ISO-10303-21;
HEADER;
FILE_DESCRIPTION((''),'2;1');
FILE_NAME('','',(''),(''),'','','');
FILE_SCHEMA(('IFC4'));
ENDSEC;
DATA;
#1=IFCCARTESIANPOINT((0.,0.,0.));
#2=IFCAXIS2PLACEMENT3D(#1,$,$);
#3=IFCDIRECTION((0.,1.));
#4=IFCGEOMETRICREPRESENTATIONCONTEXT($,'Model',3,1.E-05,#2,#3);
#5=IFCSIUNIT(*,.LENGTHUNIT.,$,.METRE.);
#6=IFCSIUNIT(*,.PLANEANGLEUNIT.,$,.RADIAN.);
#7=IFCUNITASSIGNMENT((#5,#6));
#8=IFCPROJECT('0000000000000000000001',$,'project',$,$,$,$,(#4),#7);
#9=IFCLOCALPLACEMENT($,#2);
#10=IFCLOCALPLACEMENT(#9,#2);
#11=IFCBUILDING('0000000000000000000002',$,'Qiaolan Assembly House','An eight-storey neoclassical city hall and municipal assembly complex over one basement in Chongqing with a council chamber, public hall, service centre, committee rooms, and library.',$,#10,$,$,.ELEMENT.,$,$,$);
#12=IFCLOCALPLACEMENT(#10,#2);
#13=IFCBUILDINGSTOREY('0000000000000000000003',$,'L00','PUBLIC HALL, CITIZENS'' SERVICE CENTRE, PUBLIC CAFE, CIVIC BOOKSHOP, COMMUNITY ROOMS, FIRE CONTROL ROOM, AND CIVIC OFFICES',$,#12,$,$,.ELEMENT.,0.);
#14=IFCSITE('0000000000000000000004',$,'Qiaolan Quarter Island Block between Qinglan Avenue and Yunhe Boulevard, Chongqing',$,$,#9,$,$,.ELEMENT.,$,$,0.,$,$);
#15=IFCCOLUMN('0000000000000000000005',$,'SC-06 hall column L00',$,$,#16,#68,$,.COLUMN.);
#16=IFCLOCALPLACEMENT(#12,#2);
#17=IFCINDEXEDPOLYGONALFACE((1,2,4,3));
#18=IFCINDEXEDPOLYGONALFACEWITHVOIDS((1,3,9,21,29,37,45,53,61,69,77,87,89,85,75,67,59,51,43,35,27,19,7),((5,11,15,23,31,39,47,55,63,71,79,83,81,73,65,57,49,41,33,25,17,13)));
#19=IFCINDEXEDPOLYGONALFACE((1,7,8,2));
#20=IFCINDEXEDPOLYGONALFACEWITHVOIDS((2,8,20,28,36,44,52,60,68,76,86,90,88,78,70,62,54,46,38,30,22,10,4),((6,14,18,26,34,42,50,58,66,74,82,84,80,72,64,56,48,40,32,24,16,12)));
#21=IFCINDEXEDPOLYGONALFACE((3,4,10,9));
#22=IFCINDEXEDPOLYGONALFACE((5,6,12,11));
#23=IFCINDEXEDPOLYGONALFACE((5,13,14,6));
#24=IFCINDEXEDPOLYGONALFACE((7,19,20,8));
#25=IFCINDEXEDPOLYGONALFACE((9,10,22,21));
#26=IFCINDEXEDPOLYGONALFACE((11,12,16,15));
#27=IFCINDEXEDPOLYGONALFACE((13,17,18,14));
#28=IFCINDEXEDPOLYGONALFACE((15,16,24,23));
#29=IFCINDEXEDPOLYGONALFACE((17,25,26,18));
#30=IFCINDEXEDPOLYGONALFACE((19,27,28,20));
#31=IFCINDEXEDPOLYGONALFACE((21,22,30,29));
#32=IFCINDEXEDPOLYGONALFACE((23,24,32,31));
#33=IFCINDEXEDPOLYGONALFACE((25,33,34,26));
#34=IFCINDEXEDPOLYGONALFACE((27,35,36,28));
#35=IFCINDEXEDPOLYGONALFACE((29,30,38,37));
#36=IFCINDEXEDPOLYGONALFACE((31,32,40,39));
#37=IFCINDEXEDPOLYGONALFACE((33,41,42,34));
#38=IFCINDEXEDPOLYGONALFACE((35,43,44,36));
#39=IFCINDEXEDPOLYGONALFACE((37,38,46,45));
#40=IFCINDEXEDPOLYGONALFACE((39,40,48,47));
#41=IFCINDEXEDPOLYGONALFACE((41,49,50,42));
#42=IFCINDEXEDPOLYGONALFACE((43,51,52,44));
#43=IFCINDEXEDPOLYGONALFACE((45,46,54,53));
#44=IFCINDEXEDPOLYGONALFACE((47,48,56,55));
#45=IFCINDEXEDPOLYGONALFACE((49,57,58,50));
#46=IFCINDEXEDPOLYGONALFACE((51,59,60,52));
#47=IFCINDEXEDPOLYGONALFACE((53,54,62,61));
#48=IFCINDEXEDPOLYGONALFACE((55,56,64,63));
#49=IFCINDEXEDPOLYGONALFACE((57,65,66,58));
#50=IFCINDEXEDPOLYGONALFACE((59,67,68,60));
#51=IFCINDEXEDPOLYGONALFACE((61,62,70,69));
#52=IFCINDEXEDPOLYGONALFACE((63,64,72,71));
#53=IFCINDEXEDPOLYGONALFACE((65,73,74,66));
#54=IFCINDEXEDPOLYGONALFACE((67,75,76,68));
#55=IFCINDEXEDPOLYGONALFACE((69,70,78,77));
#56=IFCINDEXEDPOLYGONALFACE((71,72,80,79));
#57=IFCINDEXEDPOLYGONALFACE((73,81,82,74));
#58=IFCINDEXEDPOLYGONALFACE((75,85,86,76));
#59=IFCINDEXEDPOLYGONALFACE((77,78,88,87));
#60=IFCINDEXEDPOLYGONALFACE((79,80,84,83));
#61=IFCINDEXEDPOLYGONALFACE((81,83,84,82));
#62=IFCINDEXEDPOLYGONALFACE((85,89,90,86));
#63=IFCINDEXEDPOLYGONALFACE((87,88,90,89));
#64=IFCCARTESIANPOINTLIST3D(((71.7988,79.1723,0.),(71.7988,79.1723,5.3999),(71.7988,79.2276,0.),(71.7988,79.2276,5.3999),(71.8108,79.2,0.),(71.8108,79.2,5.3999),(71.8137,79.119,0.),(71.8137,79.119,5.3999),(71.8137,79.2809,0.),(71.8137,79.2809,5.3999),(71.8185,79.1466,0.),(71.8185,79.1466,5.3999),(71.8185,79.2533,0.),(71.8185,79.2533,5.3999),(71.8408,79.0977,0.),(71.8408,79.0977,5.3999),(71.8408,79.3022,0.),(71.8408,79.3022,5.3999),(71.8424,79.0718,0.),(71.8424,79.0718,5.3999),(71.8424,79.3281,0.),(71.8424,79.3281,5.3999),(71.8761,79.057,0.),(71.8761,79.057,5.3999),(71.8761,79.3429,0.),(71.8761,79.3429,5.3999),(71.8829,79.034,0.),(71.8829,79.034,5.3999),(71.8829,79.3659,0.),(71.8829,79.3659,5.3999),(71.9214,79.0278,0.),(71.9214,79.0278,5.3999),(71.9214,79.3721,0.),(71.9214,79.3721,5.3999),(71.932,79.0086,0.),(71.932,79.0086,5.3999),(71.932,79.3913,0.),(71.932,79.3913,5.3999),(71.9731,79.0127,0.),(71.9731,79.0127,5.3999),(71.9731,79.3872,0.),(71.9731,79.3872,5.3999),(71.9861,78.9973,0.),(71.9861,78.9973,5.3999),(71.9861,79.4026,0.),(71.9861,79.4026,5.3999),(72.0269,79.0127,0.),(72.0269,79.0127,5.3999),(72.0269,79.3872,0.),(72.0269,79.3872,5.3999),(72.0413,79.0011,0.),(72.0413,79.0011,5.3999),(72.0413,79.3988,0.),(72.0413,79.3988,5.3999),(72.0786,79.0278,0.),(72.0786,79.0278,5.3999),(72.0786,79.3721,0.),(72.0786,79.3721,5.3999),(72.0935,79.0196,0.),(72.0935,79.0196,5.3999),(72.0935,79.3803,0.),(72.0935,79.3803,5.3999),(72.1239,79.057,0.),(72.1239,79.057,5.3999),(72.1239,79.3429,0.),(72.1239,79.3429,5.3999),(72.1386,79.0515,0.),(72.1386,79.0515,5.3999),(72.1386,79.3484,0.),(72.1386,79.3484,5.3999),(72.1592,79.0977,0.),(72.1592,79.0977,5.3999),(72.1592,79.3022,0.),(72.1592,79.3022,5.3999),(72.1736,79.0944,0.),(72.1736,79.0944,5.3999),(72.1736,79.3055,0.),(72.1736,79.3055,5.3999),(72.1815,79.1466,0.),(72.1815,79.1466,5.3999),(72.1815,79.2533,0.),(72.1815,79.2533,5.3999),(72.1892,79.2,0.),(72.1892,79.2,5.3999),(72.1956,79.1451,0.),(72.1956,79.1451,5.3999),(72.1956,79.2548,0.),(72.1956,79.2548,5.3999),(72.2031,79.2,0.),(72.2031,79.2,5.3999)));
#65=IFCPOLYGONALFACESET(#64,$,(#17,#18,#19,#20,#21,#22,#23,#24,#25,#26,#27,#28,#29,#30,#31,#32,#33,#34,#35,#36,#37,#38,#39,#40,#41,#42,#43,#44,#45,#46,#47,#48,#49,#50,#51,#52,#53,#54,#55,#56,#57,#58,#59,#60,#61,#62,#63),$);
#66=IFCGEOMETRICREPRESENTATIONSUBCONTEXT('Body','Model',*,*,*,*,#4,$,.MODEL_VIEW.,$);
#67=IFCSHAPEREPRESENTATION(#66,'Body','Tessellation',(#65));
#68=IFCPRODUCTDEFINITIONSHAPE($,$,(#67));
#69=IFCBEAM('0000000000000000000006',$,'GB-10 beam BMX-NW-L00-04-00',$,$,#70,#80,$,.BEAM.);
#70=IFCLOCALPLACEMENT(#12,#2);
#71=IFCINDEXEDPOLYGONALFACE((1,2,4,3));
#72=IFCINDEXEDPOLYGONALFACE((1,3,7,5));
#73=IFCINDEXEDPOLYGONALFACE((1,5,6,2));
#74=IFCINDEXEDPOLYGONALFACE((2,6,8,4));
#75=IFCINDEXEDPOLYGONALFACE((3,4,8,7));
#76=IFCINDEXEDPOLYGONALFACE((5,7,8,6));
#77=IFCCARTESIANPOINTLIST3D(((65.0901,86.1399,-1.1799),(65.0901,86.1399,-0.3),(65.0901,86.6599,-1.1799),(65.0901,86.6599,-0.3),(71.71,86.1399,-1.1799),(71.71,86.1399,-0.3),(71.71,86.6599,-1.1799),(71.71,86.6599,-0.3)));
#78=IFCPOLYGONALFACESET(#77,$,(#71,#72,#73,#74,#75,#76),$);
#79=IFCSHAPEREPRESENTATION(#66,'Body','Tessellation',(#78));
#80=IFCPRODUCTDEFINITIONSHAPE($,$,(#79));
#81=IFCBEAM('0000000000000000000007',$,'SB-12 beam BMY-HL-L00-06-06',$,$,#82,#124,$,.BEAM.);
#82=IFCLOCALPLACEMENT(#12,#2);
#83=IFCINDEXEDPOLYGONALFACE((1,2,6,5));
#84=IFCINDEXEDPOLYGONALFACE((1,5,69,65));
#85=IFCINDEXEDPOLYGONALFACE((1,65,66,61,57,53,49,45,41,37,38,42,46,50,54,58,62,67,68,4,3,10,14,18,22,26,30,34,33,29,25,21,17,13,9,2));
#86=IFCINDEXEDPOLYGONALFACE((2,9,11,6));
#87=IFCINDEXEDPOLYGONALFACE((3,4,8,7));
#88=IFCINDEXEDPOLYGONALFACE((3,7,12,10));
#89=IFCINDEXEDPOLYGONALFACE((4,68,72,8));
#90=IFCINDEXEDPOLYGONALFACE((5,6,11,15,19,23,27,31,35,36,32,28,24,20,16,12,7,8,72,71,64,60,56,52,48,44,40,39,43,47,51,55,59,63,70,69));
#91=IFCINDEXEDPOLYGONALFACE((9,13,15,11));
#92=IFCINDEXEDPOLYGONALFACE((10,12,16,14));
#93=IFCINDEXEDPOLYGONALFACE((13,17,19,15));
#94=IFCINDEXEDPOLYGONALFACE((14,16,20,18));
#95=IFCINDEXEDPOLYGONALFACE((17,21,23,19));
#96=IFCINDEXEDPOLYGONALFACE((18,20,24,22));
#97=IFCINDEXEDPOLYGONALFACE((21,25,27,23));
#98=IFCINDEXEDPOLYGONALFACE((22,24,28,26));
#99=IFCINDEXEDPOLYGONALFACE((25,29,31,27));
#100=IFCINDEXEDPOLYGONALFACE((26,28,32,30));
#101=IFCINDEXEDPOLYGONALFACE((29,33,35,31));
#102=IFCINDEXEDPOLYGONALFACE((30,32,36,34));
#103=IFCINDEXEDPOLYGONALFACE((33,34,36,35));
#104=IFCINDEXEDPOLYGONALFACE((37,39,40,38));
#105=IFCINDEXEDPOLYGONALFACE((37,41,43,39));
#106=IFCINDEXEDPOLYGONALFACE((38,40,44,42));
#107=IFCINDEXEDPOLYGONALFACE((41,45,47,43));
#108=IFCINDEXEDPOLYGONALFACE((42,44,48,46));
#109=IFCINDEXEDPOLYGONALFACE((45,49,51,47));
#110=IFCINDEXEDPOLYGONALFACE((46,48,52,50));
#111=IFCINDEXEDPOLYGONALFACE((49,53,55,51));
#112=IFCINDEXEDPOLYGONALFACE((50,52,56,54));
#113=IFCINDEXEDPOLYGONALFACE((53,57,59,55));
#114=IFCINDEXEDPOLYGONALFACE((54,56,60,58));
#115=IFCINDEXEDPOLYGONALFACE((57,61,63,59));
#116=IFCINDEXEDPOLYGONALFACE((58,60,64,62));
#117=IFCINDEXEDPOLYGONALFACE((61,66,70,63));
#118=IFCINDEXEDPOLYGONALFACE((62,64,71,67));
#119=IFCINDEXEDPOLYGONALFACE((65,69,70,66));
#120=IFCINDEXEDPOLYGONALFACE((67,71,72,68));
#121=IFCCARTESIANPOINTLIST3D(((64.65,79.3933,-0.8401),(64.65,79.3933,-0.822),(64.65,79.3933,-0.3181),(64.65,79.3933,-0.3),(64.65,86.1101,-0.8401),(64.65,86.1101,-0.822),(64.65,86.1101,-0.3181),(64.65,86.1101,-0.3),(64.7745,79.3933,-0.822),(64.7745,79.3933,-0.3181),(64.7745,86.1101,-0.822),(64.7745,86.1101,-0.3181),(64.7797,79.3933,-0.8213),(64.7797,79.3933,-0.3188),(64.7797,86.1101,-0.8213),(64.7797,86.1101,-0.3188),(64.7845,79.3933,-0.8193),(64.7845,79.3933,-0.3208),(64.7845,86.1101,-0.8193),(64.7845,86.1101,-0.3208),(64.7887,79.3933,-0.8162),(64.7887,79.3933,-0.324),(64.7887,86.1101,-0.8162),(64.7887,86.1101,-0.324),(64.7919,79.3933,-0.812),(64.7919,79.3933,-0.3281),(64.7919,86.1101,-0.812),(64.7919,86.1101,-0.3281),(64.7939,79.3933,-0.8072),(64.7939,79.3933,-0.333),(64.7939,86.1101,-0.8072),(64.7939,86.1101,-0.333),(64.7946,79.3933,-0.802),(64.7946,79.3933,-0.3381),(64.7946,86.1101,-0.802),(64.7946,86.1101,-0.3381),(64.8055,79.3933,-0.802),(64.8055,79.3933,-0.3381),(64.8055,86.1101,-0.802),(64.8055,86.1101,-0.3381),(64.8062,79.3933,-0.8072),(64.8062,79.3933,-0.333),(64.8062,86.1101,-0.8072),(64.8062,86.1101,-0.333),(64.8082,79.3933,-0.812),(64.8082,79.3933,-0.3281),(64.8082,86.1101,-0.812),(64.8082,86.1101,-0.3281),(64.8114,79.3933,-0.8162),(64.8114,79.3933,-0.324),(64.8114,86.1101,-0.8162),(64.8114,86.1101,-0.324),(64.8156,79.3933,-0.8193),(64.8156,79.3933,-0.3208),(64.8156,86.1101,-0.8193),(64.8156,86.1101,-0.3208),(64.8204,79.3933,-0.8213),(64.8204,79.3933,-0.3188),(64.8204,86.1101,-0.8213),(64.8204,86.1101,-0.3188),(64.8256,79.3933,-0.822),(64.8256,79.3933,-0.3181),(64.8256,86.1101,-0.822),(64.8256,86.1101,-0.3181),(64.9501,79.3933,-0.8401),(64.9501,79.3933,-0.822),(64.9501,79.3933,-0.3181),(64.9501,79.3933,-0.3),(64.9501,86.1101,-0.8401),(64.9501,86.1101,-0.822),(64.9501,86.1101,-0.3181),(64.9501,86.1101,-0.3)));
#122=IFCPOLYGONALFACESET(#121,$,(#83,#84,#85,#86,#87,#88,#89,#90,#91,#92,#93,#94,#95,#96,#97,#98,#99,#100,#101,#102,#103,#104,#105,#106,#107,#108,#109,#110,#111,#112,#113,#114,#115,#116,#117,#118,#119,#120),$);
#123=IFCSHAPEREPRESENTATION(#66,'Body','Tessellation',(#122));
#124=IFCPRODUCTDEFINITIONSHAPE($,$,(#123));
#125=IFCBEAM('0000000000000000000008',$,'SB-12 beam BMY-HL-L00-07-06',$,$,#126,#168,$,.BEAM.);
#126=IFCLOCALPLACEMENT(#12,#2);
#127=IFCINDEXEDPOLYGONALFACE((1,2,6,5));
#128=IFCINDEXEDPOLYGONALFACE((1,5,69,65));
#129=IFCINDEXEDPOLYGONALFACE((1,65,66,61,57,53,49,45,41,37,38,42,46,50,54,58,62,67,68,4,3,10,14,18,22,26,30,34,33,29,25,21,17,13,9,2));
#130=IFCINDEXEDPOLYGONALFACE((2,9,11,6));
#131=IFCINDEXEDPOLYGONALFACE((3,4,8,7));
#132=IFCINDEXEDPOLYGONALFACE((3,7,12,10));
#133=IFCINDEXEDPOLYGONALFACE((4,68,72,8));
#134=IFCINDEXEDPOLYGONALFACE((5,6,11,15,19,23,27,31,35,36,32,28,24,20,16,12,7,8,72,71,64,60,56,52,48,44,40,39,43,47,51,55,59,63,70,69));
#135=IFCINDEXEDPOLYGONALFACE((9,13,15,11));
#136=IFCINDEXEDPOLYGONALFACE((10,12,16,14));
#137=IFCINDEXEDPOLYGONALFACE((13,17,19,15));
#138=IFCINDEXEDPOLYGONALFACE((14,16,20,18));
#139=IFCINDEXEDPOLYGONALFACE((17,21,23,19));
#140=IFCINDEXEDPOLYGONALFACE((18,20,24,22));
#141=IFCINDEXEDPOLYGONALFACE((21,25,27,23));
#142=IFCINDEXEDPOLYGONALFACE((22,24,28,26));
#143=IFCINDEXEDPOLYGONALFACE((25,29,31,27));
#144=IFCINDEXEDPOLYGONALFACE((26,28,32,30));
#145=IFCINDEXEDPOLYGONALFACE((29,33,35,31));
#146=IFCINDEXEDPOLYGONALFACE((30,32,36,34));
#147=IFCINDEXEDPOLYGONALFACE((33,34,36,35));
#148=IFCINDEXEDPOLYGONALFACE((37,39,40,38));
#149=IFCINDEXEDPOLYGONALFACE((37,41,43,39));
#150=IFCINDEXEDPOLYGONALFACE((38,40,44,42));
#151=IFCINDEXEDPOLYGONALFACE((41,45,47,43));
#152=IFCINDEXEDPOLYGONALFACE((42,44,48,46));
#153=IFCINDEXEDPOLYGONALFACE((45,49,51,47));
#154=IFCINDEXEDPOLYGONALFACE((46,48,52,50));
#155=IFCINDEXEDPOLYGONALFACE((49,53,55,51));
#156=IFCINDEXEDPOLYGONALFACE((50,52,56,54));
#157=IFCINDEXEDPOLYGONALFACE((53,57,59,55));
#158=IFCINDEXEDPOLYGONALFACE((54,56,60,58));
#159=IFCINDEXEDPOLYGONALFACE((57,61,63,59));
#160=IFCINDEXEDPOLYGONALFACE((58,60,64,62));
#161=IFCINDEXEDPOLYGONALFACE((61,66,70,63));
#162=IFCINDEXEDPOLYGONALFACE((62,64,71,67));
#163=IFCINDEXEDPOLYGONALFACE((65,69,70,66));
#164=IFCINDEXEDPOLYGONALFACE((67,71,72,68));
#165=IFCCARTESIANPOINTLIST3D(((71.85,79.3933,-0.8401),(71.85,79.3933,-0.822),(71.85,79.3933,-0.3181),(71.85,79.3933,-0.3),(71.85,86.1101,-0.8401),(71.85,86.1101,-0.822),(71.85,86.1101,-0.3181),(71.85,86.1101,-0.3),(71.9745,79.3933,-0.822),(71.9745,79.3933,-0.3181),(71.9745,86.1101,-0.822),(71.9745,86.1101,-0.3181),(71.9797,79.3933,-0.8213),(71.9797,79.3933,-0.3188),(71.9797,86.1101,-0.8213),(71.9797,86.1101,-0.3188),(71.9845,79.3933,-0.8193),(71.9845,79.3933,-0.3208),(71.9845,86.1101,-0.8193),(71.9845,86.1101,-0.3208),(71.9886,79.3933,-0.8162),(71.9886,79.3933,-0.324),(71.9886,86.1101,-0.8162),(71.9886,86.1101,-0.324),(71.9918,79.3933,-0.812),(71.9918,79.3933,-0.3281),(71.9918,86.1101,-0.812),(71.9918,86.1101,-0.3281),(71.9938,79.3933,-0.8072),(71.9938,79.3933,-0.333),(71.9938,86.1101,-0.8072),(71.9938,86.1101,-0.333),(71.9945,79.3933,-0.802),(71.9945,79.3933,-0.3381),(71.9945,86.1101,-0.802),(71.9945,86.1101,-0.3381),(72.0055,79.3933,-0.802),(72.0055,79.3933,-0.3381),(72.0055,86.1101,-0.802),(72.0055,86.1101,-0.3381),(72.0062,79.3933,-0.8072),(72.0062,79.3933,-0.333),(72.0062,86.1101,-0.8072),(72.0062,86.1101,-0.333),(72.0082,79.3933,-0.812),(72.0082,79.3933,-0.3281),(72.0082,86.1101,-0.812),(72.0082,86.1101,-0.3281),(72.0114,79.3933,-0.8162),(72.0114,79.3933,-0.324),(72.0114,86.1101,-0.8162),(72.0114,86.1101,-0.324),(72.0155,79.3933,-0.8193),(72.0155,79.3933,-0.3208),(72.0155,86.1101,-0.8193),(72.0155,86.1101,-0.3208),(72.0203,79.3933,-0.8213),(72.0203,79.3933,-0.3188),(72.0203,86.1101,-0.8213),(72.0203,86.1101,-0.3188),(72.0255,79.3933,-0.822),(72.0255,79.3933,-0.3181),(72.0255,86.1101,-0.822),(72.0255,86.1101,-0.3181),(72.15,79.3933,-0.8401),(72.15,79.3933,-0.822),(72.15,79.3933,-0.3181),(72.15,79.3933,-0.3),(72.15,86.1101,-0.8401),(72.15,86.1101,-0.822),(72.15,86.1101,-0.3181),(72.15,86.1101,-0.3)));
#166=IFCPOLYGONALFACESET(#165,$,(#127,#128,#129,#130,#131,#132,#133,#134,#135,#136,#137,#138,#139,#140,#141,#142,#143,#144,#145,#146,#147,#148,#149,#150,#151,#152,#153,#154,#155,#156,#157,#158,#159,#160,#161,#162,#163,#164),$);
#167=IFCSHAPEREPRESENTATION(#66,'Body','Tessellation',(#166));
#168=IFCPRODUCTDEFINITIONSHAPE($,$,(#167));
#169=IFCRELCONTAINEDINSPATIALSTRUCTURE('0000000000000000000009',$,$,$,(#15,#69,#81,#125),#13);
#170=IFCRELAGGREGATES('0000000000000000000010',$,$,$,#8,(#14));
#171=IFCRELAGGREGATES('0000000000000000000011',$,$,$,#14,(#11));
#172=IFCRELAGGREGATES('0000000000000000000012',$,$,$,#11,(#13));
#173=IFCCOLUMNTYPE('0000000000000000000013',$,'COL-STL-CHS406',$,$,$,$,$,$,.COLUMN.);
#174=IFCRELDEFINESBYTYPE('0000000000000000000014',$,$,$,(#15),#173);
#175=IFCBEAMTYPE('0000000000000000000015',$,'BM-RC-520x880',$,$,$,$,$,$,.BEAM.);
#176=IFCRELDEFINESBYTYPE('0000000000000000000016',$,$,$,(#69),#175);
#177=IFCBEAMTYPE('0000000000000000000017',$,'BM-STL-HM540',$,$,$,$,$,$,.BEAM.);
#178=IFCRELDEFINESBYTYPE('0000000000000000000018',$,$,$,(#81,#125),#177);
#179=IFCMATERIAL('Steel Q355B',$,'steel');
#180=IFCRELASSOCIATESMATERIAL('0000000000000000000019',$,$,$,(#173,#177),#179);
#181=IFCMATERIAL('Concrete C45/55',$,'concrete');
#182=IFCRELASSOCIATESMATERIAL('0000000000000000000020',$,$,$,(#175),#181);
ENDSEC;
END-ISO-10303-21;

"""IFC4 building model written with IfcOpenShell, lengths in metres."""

from ifc_helpers import new_model, si_unit, direction, frame, origin, origin_2d, place, context, subcontext, project, spatial, rectangle, hollow_circle, i_section, extrude, material, material_profile, profile_set, type_object, element, save


model = new_model("IFC4")

# Units and contexts
model_context = context("Model", 3, precision=1e-05, world=origin(), true_north=direction((0.0, 1.0)))
body_context = subcontext(model_context, "Body", "Model", "MODEL_VIEW")
ifc_project = project(units=[si_unit("LENGTHUNIT", "METRE"), si_unit("PLANEANGLEUNIT", "RADIAN")], contexts=[model_context])

# Site, building, storey
site_placement = place(None, origin())
site = spatial("IfcSite", under=ifc_project, at=site_placement, Name="Qiaolan Quarter Island Block between Qinglan Avenue and Yunhe Boulevard, Chongqing", CompositionType="ELEMENT", RefElevation=0.0)
building_placement = place(site_placement, origin())
building = spatial("IfcBuilding", under=site, at=building_placement, Name="Qiaolan Assembly House", Description="An eight-storey neoclassical city hall and municipal assembly complex over one basement in Chongqing with a council chamber, public hall, service centre, committee rooms, and library.", CompositionType="ELEMENT")
storey_placement = place(building_placement, origin())
storey = spatial("IfcBuildingStorey", under=building, at=storey_placement, Name="L00", Description="PUBLIC HALL, CITIZENS' SERVICE CENTRE, PUBLIC CAFE, CIVIC BOOKSHOP, COMMUNITY ROOMS, FIRE CONTROL ROOM, AND CIVIC OFFICES", CompositionType="ELEMENT", Elevation=0.0)

# Column
ifc_material_1 = material(Name="Steel Q355B", Category="steel")
ifc_material_profile_1 = material_profile(ifc_material_1, hollow_circle(Radius=0.2031, WallThickness=0.0139, at=origin_2d()), Name="CHS 406.4x14")
ifc_profile_set_1 = profile_set([ifc_material_profile_1], Name="Steel Q355B")
column_type_1 = type_object("IfcColumnType", Name="COL-STL-CHS406", PredefinedType="COLUMN", material=ifc_profile_set_1)
for number, where, z_axis, x_axis, name in (
    (1, (72.0, 79.2, 0.0), (0.0, 0.0, 1.0), (1.0, 0.0, 0.0), "SC-06 hall column L00"),
):
    element("IfcColumn", number, at=place(storey_placement, frame(where, z_axis=z_axis, x_axis=x_axis)), inside=storey, type_object=column_type_1, Name=name, PredefinedType="COLUMN", context=body_context, shape_type="SweptSolid", body=[
        extrude(hollow_circle(Radius=0.2031, WallThickness=0.0139, at=origin_2d()), origin(), (0.0, 0.0, 1.0), 5.3999),
    ])

# Beams
ifc_material_2 = material(Name="Concrete C45/55", Category="concrete")
ifc_material_profile_2 = material_profile(ifc_material_2, rectangle(XDim=0.52, YDim=0.8799, at=origin_2d()), Name="RCB 520x880")
ifc_profile_set_2 = profile_set([ifc_material_profile_2], Name="Concrete C45/55")
beam_type_1 = type_object("IfcBeamType", Name="BM-RC-520x880", PredefinedType="BEAM", material=ifc_profile_set_2)
beam_1_placement = place(storey_placement, frame((65.0901, 86.3999, -0.74), z_axis=(1.0, 0.0, 0.0), x_axis=(0.0, 1.0, 0.0)))
element("IfcBeam", 2, at=beam_1_placement, inside=storey, type_object=beam_type_1, Name="GB-10 beam BMX-NW-L00-04-00", PredefinedType="BEAM", context=body_context, shape_type="SweptSolid", body=[
    extrude(rectangle(XDim=0.52, YDim=0.8799, at=origin_2d()), origin(), (0.0, 0.0, 1.0), 6.6199),
])
ifc_material_profile_3 = material_profile(ifc_material_1, i_section(OverallWidth=0.3, OverallDepth=0.54, WebThickness=0.011, FlangeThickness=0.0181, FilletRadius=0.02, at=origin_2d()), Name="HM 540x300x11x18")
ifc_profile_set_3 = profile_set([ifc_material_profile_3], Name="Steel Q355B")
beam_type_2 = type_object("IfcBeamType", Name="BM-STL-HM540", PredefinedType="BEAM", material=ifc_profile_set_3)
for number, where, z_axis, x_axis, name in (
    (3, (64.8, 79.3933, -0.5701), (0.0, 1.0, 0.0), (-1.0, 0.0, 0.0), "SB-12 beam BMY-HL-L00-06-06"),
    (4, (72.0, 79.3933, -0.5701), (0.0, 1.0, 0.0), (-1.0, 0.0, 0.0), "SB-12 beam BMY-HL-L00-07-06"),
):
    element("IfcBeam", number, at=place(storey_placement, frame(where, z_axis=z_axis, x_axis=x_axis)), inside=storey, type_object=beam_type_2, Name=name, PredefinedType="BEAM", context=body_context, shape_type="SweptSolid", body=[
        extrude(i_section(OverallWidth=0.3, OverallDepth=0.54, WebThickness=0.011, FlangeThickness=0.0181, FilletRadius=0.02, at=origin_2d()), origin(), (0.0, 0.0, 1.0), 6.7168),
    ])

save(model, "model.ifc")
